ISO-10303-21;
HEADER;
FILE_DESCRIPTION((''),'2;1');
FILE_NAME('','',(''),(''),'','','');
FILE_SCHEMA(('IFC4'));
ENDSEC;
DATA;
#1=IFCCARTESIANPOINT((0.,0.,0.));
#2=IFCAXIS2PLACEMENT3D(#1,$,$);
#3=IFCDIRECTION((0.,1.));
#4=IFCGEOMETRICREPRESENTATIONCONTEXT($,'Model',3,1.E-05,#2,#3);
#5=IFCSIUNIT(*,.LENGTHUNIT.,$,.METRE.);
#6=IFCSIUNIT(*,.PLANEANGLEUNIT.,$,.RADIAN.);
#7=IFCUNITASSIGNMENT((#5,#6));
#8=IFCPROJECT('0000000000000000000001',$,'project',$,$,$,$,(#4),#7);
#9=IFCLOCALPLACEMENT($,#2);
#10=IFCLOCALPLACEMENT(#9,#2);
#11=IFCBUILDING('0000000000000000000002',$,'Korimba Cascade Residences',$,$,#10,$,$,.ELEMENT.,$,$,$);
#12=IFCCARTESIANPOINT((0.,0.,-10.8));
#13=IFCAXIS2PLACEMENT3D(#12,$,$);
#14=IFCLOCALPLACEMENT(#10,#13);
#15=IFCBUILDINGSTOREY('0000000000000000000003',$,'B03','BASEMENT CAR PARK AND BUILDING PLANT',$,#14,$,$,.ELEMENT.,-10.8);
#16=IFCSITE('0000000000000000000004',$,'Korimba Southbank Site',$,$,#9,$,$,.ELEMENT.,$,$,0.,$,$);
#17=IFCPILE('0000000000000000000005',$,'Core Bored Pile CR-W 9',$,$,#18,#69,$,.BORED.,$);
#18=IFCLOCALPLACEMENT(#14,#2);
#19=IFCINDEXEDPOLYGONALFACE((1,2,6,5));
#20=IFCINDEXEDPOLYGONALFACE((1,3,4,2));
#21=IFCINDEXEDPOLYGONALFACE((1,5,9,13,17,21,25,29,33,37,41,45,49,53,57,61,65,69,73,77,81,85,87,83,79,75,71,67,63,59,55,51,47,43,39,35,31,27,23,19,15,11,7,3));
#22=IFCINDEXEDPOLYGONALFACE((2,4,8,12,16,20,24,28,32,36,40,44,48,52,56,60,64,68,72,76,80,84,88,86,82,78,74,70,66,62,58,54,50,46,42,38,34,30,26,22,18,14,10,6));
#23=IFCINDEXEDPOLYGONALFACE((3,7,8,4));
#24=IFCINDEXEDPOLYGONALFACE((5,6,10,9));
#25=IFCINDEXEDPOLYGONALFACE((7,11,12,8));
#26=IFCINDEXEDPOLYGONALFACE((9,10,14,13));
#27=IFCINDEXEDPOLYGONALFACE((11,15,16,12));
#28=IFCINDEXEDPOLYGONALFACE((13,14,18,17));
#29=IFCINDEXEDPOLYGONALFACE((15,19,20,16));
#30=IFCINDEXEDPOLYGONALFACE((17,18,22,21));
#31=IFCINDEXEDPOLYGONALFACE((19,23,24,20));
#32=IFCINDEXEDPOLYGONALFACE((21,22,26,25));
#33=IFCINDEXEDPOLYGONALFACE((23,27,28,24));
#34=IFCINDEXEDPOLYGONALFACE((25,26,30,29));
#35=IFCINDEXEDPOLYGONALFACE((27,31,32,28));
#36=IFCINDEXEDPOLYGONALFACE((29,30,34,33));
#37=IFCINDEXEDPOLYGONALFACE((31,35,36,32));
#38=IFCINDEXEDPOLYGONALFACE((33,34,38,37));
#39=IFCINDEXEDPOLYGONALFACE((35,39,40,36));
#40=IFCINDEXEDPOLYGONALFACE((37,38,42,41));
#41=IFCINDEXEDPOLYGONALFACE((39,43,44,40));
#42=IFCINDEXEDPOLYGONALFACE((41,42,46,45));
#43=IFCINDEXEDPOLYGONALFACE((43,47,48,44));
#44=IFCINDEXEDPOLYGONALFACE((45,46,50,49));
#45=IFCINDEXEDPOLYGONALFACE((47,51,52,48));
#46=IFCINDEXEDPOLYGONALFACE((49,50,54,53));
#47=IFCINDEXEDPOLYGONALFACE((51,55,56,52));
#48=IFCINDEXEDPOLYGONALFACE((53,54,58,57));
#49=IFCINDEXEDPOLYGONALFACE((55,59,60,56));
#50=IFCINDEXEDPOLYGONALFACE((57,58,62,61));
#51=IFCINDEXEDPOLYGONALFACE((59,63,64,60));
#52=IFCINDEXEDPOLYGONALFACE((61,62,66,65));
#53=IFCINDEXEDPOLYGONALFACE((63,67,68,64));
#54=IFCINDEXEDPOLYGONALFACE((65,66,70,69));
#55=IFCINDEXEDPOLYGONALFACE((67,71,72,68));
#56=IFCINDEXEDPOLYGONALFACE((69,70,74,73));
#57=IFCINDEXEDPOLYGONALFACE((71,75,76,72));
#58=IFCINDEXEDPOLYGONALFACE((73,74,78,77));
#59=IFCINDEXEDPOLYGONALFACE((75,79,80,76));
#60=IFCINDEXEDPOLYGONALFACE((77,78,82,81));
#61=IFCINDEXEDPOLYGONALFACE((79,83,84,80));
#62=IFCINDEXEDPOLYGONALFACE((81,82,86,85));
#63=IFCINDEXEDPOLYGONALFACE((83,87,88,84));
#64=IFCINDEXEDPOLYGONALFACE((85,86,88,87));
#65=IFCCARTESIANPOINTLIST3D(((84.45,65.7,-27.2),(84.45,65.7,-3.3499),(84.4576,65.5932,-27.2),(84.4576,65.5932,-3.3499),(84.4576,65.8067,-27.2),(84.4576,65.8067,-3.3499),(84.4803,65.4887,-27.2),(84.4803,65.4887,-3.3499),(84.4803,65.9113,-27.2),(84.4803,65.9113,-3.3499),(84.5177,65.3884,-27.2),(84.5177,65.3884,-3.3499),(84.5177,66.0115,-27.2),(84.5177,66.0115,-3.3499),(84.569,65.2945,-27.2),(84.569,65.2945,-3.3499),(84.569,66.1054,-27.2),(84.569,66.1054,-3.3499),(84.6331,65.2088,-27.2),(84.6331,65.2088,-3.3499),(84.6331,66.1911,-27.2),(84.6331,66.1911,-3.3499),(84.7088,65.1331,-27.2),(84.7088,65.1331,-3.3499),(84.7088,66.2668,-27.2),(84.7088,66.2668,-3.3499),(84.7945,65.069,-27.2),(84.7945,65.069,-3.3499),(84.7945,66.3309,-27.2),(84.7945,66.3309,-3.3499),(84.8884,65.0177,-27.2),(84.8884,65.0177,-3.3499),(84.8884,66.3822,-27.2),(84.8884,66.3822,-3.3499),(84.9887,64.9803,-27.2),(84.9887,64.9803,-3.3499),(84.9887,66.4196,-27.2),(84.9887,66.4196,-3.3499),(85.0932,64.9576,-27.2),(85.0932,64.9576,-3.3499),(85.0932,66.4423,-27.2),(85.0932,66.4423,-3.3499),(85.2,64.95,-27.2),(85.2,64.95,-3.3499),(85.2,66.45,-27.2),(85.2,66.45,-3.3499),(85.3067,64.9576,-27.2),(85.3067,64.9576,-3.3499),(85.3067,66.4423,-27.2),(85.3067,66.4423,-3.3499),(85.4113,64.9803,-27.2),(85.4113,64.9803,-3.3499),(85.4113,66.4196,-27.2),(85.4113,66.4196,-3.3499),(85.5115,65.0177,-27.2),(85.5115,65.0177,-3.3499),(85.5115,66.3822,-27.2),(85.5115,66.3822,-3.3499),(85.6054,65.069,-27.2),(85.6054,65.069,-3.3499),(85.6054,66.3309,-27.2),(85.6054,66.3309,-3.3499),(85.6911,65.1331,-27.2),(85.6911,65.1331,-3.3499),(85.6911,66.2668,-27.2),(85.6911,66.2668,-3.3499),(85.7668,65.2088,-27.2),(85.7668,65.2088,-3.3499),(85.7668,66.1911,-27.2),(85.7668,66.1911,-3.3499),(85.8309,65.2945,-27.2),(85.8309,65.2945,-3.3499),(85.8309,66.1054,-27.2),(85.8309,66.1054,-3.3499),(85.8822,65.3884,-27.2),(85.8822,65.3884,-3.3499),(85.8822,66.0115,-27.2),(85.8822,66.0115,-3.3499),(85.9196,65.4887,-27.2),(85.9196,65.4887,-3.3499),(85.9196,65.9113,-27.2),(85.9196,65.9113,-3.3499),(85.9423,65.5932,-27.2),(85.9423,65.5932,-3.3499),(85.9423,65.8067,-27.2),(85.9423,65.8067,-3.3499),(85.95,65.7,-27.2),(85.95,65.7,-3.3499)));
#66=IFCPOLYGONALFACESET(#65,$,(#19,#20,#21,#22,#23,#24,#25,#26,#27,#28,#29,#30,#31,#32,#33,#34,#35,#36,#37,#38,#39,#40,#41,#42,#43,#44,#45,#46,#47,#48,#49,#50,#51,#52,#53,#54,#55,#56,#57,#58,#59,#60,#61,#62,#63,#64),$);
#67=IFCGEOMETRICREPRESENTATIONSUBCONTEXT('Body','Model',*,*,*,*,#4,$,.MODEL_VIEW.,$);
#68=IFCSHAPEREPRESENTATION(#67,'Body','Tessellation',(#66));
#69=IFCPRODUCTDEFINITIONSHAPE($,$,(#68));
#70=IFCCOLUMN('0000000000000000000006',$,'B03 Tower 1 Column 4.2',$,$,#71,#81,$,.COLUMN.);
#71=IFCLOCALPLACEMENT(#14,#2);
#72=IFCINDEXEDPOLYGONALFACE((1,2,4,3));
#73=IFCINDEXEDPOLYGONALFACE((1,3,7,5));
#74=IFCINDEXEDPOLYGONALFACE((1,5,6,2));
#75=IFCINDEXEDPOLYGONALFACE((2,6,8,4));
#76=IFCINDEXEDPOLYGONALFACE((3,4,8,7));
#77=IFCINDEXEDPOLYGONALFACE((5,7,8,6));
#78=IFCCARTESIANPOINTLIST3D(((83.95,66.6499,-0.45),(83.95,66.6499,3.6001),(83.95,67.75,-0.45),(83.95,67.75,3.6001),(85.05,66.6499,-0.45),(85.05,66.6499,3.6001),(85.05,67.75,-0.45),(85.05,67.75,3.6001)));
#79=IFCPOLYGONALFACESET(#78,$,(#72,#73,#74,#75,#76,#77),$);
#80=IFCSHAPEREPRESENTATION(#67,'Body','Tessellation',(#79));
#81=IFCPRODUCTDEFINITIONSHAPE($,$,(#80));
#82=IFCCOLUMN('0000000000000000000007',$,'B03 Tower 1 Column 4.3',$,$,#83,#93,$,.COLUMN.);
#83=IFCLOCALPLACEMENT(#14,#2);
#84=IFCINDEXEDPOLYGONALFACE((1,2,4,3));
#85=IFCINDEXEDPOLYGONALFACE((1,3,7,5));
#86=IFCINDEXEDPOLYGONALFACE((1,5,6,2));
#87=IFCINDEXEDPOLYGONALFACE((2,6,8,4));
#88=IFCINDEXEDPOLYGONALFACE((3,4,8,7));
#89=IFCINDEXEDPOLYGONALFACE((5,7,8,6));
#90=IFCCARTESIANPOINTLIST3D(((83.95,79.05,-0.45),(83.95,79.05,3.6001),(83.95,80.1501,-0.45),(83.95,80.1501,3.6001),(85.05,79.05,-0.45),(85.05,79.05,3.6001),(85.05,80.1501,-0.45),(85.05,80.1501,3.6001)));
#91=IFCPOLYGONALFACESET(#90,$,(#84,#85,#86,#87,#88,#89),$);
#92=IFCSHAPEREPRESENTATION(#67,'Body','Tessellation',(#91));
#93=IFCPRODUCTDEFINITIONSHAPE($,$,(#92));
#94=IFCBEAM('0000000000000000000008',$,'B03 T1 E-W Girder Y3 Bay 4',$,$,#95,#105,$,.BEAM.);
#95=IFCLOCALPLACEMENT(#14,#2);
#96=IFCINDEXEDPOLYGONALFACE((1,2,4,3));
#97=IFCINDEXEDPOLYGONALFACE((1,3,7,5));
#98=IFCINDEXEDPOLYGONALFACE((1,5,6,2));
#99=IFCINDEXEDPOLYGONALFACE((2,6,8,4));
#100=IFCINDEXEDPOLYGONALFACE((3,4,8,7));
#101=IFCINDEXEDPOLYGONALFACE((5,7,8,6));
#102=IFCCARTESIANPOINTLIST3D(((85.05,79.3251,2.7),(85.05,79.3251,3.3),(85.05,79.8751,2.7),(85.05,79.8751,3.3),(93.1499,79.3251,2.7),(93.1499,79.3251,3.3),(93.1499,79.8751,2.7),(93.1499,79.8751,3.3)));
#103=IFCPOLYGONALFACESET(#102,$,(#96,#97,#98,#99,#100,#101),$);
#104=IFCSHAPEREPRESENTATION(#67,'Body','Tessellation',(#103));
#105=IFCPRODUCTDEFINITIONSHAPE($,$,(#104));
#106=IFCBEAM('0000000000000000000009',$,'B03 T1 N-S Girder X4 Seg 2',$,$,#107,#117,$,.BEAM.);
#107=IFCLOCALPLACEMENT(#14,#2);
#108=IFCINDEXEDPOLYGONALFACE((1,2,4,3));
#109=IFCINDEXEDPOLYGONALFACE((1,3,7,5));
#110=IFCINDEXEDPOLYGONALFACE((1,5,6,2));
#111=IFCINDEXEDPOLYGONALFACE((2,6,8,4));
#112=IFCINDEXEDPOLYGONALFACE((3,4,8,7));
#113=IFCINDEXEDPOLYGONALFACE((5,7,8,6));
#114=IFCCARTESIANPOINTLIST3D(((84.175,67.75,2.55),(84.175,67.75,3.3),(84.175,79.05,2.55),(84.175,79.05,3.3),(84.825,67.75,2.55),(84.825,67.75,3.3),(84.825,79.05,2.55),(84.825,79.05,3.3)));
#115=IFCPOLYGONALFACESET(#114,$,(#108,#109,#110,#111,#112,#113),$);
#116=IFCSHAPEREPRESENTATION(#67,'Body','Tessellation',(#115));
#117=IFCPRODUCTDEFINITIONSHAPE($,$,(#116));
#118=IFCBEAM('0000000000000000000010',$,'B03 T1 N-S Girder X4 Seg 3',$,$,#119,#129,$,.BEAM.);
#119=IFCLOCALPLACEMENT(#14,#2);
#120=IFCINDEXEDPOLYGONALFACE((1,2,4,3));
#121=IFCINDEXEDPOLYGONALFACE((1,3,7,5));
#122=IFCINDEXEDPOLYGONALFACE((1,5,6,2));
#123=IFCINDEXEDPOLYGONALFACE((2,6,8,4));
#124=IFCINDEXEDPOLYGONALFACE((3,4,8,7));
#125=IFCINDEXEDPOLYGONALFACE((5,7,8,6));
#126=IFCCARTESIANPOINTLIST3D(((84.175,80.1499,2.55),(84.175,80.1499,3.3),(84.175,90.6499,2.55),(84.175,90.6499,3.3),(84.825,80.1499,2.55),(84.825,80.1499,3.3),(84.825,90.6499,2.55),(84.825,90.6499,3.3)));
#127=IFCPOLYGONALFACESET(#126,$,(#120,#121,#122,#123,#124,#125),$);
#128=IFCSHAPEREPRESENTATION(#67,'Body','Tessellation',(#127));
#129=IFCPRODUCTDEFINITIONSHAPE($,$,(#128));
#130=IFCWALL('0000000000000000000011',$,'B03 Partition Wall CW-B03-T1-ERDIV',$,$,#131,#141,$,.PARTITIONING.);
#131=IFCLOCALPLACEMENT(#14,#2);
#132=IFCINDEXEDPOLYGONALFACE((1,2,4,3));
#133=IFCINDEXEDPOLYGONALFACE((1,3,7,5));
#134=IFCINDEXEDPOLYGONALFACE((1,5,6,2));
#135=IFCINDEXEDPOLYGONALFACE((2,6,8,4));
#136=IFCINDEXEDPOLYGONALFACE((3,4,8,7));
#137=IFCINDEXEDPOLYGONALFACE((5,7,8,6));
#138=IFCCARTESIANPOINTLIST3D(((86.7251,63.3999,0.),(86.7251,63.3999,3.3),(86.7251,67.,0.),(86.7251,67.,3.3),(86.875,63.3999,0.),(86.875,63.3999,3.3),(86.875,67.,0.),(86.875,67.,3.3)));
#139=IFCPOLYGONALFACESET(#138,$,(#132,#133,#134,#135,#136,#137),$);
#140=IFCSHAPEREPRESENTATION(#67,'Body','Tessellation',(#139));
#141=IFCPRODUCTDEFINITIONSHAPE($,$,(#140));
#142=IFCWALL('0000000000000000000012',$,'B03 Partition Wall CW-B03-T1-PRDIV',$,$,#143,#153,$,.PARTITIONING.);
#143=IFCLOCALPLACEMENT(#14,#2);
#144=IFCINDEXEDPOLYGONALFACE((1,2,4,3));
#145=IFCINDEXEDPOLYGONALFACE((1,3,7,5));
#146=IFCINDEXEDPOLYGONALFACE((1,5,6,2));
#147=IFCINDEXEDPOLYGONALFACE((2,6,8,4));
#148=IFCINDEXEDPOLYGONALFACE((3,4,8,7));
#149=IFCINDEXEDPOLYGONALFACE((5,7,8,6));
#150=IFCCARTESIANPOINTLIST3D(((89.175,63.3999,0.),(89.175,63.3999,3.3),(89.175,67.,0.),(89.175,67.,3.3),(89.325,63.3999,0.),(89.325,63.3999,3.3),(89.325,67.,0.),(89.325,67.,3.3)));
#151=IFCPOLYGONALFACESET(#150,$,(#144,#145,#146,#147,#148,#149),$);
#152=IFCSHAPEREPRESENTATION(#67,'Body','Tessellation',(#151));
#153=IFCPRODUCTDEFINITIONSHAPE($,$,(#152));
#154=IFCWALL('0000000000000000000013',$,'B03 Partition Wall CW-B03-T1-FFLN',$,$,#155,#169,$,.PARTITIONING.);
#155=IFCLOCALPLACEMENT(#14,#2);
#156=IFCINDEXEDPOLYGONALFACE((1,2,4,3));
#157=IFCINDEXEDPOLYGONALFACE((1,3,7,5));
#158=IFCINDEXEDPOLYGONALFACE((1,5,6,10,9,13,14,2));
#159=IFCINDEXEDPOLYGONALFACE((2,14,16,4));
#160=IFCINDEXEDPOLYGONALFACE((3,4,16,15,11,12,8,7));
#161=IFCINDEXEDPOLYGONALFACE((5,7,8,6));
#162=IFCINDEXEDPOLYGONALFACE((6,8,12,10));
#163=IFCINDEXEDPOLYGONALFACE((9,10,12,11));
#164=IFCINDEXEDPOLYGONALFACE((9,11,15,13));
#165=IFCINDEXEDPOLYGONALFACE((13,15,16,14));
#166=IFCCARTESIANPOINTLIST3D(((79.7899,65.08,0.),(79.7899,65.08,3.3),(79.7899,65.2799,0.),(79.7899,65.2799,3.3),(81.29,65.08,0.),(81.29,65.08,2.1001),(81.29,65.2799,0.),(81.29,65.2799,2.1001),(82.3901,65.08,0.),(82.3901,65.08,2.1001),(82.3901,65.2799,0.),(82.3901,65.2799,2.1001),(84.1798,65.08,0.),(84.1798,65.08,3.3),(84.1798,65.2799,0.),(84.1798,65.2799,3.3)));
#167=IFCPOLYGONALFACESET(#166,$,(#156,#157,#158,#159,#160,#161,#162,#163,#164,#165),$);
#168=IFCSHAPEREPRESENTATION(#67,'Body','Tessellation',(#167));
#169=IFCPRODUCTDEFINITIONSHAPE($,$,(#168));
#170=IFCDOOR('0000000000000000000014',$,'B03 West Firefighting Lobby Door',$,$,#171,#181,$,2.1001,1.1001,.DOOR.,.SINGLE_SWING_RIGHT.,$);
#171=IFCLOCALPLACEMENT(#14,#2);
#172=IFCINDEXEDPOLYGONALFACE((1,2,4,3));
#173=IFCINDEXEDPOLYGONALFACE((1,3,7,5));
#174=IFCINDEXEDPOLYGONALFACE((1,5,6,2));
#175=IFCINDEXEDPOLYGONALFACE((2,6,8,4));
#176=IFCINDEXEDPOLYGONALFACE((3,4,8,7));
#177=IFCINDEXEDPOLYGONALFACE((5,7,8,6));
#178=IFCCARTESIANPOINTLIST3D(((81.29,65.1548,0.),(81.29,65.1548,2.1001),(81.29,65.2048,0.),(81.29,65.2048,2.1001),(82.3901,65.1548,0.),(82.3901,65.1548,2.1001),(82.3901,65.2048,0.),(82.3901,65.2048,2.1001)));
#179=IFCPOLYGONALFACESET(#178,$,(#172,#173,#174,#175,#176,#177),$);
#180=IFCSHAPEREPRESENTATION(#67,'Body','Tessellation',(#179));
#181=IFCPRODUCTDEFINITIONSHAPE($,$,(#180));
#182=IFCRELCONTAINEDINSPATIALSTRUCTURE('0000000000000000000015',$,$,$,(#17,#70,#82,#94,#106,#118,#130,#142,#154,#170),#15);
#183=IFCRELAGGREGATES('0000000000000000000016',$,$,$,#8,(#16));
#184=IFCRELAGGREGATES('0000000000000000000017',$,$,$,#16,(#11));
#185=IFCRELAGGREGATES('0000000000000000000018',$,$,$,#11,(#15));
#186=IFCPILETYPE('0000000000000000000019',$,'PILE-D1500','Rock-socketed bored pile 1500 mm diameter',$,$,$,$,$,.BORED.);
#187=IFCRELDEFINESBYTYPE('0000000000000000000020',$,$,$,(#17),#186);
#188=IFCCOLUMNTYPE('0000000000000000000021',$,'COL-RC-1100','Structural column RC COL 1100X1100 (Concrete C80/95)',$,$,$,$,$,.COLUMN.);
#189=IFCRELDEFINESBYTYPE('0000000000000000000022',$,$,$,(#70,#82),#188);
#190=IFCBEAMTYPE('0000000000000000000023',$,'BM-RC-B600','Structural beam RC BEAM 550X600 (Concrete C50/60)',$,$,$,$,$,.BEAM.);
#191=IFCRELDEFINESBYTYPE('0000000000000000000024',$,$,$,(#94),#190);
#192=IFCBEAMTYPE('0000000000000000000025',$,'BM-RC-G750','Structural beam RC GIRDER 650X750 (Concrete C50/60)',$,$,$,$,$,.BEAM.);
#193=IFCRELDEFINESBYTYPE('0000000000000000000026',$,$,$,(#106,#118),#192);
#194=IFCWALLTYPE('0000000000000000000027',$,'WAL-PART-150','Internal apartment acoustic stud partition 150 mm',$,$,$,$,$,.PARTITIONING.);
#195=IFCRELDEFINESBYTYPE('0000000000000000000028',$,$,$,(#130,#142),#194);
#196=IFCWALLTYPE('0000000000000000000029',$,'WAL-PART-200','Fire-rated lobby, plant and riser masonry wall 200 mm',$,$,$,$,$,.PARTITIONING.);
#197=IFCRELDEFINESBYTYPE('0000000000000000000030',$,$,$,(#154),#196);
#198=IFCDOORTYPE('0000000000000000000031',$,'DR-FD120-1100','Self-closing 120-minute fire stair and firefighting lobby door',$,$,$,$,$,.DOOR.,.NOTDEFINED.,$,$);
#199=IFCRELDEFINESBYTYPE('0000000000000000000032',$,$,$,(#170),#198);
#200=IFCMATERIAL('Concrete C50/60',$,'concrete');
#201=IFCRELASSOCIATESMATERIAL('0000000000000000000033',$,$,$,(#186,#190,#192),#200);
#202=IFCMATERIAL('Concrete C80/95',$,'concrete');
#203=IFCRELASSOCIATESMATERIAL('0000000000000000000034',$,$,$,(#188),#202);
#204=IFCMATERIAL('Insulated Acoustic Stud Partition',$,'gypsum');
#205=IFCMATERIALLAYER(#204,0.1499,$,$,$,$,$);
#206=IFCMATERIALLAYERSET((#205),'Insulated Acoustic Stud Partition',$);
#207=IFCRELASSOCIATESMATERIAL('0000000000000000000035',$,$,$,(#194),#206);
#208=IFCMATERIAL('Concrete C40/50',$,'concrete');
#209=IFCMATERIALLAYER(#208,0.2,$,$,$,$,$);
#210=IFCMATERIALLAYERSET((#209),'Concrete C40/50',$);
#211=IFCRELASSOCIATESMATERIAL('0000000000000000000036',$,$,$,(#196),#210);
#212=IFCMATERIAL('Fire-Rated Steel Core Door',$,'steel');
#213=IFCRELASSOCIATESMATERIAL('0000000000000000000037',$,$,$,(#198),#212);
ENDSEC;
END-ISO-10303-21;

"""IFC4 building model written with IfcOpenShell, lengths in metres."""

from ifc_helpers import new_model, si_unit, direction, frame, frame_2d, origin, origin_2d, place, context, subcontext, project, spatial, rectangle, circle, extrude, material, layer, layer_set, material_profile, profile_set, type_object, element, fill, save


model = new_model("IFC4")

# Units and contexts
model_context = context("Model", 3, precision=1e-05, world=origin(), true_north=direction((0.0, 1.0)))
body_context = subcontext(model_context, "Body", "Model", "MODEL_VIEW")
ifc_project = project(units=[si_unit("LENGTHUNIT", "METRE"), si_unit("PLANEANGLEUNIT", "RADIAN")], contexts=[model_context])

# Site, building, storey
site_placement = place(None, origin())
site = spatial("IfcSite", under=ifc_project, at=site_placement, Name="Korimba Southbank Site", CompositionType="ELEMENT", RefElevation=0.0)
building_placement = place(site_placement, origin())
building = spatial("IfcBuilding", under=site, at=building_placement, Name="Korimba Cascade Residences", CompositionType="ELEMENT")
storey_placement = place(building_placement, frame((0.0, 0.0, -10.8)))
storey = spatial("IfcBuildingStorey", under=building, at=storey_placement, Name="B03", Description="BASEMENT CAR PARK AND BUILDING PLANT", CompositionType="ELEMENT", Elevation=-10.8)

# Pile
ifc_material_1 = material(Name="Concrete C50/60", Category="concrete")
ifc_material_profile_1 = material_profile(ifc_material_1, circle(Radius=0.75, at=origin_2d()), Name="Concrete C50/60")
ifc_profile_set_1 = profile_set([ifc_material_profile_1], Name="Concrete C50/60")
pile_type_1 = type_object("IfcPileType", Name="PILE-D1500", Description="Rock-socketed bored pile 1500 mm diameter", PredefinedType="BORED", material=ifc_profile_set_1)
for number, where, z_axis, x_axis, name in (
    (1, (85.2, 65.7, -3.3499), (0.0, 0.0, -1.0), (1.0, 0.0, 0.0), "Core Bored Pile CR-W 9"),
):
    element("IfcPile", number, at=place(storey_placement, frame(where, z_axis=z_axis, x_axis=x_axis)), inside=storey, type_object=pile_type_1, Name=name, PredefinedType="BORED", context=body_context, shape_type="SweptSolid", body=[
        extrude(circle(Radius=0.75, at=origin_2d()), origin(), (0.0, 0.0, 1.0), 23.8501),
    ])

# Columns
ifc_material_2 = material(Name="Concrete C80/95", Category="concrete")
ifc_material_profile_2 = material_profile(ifc_material_2, rectangle(XDim=1.1001, YDim=1.1001, at=origin_2d()), Name="Concrete C80/95")
ifc_profile_set_2 = profile_set([ifc_material_profile_2], Name="Concrete C80/95")
column_type = type_object("IfcColumnType", Name="COL-RC-1100", Description="Structural column RC COL 1100X1100 (Concrete C80/95)", PredefinedType="COLUMN", material=ifc_profile_set_2)
for number, where, z_axis, x_axis, name in (
    (2, (84.5, 67.2, -0.45), (0.0, 0.0, 1.0), (1.0, 0.0, 0.0), "B03 Tower 1 Column 4.2"),
    (3, (84.5, 79.6001, -0.45), (0.0, 0.0, 1.0), (1.0, 0.0, 0.0), "B03 Tower 1 Column 4.3"),
):
    element("IfcColumn", number, at=place(storey_placement, frame(where, z_axis=z_axis, x_axis=x_axis)), inside=storey, type_object=column_type, Name=name, PredefinedType="COLUMN", context=body_context, shape_type="SweptSolid", body=[
        extrude(rectangle(XDim=1.1001, YDim=1.1001, at=origin_2d()), origin(), (0.0, 0.0, 1.0), 4.05),
    ])

# Beams
ifc_material_profile_3 = material_profile(ifc_material_1, rectangle(XDim=0.55, YDim=0.6001, at=origin_2d()), Name="Concrete C50/60")
ifc_profile_set_3 = profile_set([ifc_material_profile_3], Name="Concrete C50/60")
beam_type_1 = type_object("IfcBeamType", Name="BM-RC-B600", Description="Structural beam RC BEAM 550X600 (Concrete C50/60)", PredefinedType="BEAM", material=ifc_profile_set_3)
beam_1_placement = place(storey_placement, frame((85.05, 79.6001, 3.0), z_axis=(1.0, 0.0, 0.0), x_axis=(0.0, 1.0, 0.0)))
element("IfcBeam", 4, at=beam_1_placement, inside=storey, type_object=beam_type_1, Name="B03 T1 E-W Girder Y3 Bay 4", PredefinedType="BEAM", context=body_context, shape_type="SweptSolid", body=[
    extrude(rectangle(XDim=0.55, YDim=0.6001, at=origin_2d()), origin(), (0.0, 0.0, 1.0), 8.0999),
])
ifc_material_profile_4 = material_profile(ifc_material_1, rectangle(XDim=0.6499, YDim=0.75, at=origin_2d()), Name="Concrete C50/60")
ifc_profile_set_4 = profile_set([ifc_material_profile_4], Name="Concrete C50/60")
beam_type_2 = type_object("IfcBeamType", Name="BM-RC-G750", Description="Structural beam RC GIRDER 650X750 (Concrete C50/60)", PredefinedType="BEAM", material=ifc_profile_set_4)
beam_2_placement = place(storey_placement, frame((84.5, 67.75, 2.925), z_axis=(0.0, 1.0, 0.0), x_axis=(-1.0, 0.0, 0.0)))
element("IfcBeam", 5, at=beam_2_placement, inside=storey, type_object=beam_type_2, Name="B03 T1 N-S Girder X4 Seg 2", PredefinedType="BEAM", context=body_context, shape_type="SweptSolid", body=[
    extrude(rectangle(XDim=0.6499, YDim=0.75, at=origin_2d()), origin(), (0.0, 0.0, 1.0), 11.3),
])
beam_3_placement = place(storey_placement, frame((84.5, 80.1499, 2.925), z_axis=(0.0, 1.0, 0.0), x_axis=(-1.0, 0.0, 0.0)))
element("IfcBeam", 6, at=beam_3_placement, inside=storey, type_object=beam_type_2, Name="B03 T1 N-S Girder X4 Seg 3", PredefinedType="BEAM", context=body_context, shape_type="SweptSolid", body=[
    extrude(rectangle(XDim=0.6499, YDim=0.75, at=origin_2d()), origin(), (0.0, 0.0, 1.0), 10.5),
])

# Walls
ifc_material_3 = material(Name="Insulated Acoustic Stud Partition", Category="gypsum")
ifc_layer_1 = layer(ifc_material_3, 0.1499)
ifc_layer_set_1 = layer_set([ifc_layer_1], Name="Insulated Acoustic Stud Partition")
wall_type_1 = type_object("IfcWallType", Name="WAL-PART-150", Description="Internal apartment acoustic stud partition 150 mm", PredefinedType="PARTITIONING", material=ifc_layer_set_1)
for number, where, z_axis, x_axis, name in (
    (7, (86.8, 63.3999, 0.0), (0.0, 0.0, 1.0), (0.0, 1.0, 0.0), "B03 Partition Wall CW-B03-T1-ERDIV"),
    (8, (89.25, 63.3999, 0.0), (0.0, 0.0, 1.0), (0.0, 1.0, 0.0), "B03 Partition Wall CW-B03-T1-PRDIV"),
):
    element("IfcWall", number, at=place(storey_placement, frame(where, z_axis=z_axis, x_axis=x_axis)), inside=storey, type_object=wall_type_1, Name=name, PredefinedType="PARTITIONING", context=body_context, shape_type="SweptSolid", body=[
        extrude(rectangle(XDim=3.6001, YDim=0.1499, at=frame_2d((1.8, 0.0))), origin(), (0.0, 0.0, 1.0), 3.3),
    ])

# Wall, opening, door
ifc_material_4 = material(Name="Concrete C40/50", Category="concrete")
ifc_layer_2 = layer(ifc_material_4, 0.2)
ifc_layer_set_2 = layer_set([ifc_layer_2], Name="Concrete C40/50")
wall_type_2 = type_object("IfcWallType", Name="WAL-PART-200", Description="Fire-rated lobby, plant and riser masonry wall 200 mm", PredefinedType="PARTITIONING", material=ifc_layer_set_2)
wall_1_placement = place(storey_placement, frame((79.79, 65.1799, 0.0), z_axis=(0.0, 0.0, 1.0), x_axis=(1.0, 0.0, 0.0)))
wall_1 = element("IfcWall", 9, at=wall_1_placement, inside=storey, type_object=wall_type_2, Name="B03 Partition Wall CW-B03-T1-FFLN", PredefinedType="PARTITIONING", context=body_context, shape_type="SweptSolid", body=[
    extrude(rectangle(XDim=4.3899, YDim=0.2, at=frame_2d((2.1948, 0.0))), origin(), (0.0, 0.0, 1.0), 3.3),
])
opening_1_placement = place(wall_1_placement, frame((1.5, 0.0, 0.0)))
opening_1 = element("IfcOpeningElement", 10, at=opening_1_placement, cuts=wall_1, PredefinedType="OPENING", context=body_context, shape_type="SweptSolid", body=[
    extrude(rectangle(XDim=1.1001, YDim=2.1001, at=frame_2d((0.55, 1.05))), frame((0.0, 0.1099, 0.0), z_axis=(0.0, -1.0, 0.0), x_axis=(1.0, 0.0, 0.0)), (0.0, 0.0, 1.0), 0.22),
])
ifc_material_5 = material(Name="Fire-Rated Steel Core Door", Category="steel")
door_type_1 = type_object("IfcDoorType", Name="DR-FD120-1100", Description="Self-closing 120-minute fire stair and firefighting lobby door", OperationType="NOTDEFINED", PredefinedType="DOOR", material=ifc_material_5)
door_1_placement = place(opening_1_placement, origin())
door_1 = element("IfcDoor", 11, at=door_1_placement, inside=storey, type_object=door_type_1, Name="B03 West Firefighting Lobby Door", OperationType="SINGLE_SWING_RIGHT", OverallHeight=2.1001, OverallWidth=1.1001, PredefinedType="DOOR", context=body_context, shape_type="SweptSolid", body=[
    extrude(rectangle(XDim=1.1001, YDim=2.1001, at=frame_2d((0.55, 1.05))), frame((0.0, 0.0249, 0.0), z_axis=(0.0, -1.0, 0.0), x_axis=(1.0, 0.0, 0.0)), (0.0, 0.0, 1.0), 0.05),
])
fill(opening_1, door_1)

save(model, "model.ifc")
